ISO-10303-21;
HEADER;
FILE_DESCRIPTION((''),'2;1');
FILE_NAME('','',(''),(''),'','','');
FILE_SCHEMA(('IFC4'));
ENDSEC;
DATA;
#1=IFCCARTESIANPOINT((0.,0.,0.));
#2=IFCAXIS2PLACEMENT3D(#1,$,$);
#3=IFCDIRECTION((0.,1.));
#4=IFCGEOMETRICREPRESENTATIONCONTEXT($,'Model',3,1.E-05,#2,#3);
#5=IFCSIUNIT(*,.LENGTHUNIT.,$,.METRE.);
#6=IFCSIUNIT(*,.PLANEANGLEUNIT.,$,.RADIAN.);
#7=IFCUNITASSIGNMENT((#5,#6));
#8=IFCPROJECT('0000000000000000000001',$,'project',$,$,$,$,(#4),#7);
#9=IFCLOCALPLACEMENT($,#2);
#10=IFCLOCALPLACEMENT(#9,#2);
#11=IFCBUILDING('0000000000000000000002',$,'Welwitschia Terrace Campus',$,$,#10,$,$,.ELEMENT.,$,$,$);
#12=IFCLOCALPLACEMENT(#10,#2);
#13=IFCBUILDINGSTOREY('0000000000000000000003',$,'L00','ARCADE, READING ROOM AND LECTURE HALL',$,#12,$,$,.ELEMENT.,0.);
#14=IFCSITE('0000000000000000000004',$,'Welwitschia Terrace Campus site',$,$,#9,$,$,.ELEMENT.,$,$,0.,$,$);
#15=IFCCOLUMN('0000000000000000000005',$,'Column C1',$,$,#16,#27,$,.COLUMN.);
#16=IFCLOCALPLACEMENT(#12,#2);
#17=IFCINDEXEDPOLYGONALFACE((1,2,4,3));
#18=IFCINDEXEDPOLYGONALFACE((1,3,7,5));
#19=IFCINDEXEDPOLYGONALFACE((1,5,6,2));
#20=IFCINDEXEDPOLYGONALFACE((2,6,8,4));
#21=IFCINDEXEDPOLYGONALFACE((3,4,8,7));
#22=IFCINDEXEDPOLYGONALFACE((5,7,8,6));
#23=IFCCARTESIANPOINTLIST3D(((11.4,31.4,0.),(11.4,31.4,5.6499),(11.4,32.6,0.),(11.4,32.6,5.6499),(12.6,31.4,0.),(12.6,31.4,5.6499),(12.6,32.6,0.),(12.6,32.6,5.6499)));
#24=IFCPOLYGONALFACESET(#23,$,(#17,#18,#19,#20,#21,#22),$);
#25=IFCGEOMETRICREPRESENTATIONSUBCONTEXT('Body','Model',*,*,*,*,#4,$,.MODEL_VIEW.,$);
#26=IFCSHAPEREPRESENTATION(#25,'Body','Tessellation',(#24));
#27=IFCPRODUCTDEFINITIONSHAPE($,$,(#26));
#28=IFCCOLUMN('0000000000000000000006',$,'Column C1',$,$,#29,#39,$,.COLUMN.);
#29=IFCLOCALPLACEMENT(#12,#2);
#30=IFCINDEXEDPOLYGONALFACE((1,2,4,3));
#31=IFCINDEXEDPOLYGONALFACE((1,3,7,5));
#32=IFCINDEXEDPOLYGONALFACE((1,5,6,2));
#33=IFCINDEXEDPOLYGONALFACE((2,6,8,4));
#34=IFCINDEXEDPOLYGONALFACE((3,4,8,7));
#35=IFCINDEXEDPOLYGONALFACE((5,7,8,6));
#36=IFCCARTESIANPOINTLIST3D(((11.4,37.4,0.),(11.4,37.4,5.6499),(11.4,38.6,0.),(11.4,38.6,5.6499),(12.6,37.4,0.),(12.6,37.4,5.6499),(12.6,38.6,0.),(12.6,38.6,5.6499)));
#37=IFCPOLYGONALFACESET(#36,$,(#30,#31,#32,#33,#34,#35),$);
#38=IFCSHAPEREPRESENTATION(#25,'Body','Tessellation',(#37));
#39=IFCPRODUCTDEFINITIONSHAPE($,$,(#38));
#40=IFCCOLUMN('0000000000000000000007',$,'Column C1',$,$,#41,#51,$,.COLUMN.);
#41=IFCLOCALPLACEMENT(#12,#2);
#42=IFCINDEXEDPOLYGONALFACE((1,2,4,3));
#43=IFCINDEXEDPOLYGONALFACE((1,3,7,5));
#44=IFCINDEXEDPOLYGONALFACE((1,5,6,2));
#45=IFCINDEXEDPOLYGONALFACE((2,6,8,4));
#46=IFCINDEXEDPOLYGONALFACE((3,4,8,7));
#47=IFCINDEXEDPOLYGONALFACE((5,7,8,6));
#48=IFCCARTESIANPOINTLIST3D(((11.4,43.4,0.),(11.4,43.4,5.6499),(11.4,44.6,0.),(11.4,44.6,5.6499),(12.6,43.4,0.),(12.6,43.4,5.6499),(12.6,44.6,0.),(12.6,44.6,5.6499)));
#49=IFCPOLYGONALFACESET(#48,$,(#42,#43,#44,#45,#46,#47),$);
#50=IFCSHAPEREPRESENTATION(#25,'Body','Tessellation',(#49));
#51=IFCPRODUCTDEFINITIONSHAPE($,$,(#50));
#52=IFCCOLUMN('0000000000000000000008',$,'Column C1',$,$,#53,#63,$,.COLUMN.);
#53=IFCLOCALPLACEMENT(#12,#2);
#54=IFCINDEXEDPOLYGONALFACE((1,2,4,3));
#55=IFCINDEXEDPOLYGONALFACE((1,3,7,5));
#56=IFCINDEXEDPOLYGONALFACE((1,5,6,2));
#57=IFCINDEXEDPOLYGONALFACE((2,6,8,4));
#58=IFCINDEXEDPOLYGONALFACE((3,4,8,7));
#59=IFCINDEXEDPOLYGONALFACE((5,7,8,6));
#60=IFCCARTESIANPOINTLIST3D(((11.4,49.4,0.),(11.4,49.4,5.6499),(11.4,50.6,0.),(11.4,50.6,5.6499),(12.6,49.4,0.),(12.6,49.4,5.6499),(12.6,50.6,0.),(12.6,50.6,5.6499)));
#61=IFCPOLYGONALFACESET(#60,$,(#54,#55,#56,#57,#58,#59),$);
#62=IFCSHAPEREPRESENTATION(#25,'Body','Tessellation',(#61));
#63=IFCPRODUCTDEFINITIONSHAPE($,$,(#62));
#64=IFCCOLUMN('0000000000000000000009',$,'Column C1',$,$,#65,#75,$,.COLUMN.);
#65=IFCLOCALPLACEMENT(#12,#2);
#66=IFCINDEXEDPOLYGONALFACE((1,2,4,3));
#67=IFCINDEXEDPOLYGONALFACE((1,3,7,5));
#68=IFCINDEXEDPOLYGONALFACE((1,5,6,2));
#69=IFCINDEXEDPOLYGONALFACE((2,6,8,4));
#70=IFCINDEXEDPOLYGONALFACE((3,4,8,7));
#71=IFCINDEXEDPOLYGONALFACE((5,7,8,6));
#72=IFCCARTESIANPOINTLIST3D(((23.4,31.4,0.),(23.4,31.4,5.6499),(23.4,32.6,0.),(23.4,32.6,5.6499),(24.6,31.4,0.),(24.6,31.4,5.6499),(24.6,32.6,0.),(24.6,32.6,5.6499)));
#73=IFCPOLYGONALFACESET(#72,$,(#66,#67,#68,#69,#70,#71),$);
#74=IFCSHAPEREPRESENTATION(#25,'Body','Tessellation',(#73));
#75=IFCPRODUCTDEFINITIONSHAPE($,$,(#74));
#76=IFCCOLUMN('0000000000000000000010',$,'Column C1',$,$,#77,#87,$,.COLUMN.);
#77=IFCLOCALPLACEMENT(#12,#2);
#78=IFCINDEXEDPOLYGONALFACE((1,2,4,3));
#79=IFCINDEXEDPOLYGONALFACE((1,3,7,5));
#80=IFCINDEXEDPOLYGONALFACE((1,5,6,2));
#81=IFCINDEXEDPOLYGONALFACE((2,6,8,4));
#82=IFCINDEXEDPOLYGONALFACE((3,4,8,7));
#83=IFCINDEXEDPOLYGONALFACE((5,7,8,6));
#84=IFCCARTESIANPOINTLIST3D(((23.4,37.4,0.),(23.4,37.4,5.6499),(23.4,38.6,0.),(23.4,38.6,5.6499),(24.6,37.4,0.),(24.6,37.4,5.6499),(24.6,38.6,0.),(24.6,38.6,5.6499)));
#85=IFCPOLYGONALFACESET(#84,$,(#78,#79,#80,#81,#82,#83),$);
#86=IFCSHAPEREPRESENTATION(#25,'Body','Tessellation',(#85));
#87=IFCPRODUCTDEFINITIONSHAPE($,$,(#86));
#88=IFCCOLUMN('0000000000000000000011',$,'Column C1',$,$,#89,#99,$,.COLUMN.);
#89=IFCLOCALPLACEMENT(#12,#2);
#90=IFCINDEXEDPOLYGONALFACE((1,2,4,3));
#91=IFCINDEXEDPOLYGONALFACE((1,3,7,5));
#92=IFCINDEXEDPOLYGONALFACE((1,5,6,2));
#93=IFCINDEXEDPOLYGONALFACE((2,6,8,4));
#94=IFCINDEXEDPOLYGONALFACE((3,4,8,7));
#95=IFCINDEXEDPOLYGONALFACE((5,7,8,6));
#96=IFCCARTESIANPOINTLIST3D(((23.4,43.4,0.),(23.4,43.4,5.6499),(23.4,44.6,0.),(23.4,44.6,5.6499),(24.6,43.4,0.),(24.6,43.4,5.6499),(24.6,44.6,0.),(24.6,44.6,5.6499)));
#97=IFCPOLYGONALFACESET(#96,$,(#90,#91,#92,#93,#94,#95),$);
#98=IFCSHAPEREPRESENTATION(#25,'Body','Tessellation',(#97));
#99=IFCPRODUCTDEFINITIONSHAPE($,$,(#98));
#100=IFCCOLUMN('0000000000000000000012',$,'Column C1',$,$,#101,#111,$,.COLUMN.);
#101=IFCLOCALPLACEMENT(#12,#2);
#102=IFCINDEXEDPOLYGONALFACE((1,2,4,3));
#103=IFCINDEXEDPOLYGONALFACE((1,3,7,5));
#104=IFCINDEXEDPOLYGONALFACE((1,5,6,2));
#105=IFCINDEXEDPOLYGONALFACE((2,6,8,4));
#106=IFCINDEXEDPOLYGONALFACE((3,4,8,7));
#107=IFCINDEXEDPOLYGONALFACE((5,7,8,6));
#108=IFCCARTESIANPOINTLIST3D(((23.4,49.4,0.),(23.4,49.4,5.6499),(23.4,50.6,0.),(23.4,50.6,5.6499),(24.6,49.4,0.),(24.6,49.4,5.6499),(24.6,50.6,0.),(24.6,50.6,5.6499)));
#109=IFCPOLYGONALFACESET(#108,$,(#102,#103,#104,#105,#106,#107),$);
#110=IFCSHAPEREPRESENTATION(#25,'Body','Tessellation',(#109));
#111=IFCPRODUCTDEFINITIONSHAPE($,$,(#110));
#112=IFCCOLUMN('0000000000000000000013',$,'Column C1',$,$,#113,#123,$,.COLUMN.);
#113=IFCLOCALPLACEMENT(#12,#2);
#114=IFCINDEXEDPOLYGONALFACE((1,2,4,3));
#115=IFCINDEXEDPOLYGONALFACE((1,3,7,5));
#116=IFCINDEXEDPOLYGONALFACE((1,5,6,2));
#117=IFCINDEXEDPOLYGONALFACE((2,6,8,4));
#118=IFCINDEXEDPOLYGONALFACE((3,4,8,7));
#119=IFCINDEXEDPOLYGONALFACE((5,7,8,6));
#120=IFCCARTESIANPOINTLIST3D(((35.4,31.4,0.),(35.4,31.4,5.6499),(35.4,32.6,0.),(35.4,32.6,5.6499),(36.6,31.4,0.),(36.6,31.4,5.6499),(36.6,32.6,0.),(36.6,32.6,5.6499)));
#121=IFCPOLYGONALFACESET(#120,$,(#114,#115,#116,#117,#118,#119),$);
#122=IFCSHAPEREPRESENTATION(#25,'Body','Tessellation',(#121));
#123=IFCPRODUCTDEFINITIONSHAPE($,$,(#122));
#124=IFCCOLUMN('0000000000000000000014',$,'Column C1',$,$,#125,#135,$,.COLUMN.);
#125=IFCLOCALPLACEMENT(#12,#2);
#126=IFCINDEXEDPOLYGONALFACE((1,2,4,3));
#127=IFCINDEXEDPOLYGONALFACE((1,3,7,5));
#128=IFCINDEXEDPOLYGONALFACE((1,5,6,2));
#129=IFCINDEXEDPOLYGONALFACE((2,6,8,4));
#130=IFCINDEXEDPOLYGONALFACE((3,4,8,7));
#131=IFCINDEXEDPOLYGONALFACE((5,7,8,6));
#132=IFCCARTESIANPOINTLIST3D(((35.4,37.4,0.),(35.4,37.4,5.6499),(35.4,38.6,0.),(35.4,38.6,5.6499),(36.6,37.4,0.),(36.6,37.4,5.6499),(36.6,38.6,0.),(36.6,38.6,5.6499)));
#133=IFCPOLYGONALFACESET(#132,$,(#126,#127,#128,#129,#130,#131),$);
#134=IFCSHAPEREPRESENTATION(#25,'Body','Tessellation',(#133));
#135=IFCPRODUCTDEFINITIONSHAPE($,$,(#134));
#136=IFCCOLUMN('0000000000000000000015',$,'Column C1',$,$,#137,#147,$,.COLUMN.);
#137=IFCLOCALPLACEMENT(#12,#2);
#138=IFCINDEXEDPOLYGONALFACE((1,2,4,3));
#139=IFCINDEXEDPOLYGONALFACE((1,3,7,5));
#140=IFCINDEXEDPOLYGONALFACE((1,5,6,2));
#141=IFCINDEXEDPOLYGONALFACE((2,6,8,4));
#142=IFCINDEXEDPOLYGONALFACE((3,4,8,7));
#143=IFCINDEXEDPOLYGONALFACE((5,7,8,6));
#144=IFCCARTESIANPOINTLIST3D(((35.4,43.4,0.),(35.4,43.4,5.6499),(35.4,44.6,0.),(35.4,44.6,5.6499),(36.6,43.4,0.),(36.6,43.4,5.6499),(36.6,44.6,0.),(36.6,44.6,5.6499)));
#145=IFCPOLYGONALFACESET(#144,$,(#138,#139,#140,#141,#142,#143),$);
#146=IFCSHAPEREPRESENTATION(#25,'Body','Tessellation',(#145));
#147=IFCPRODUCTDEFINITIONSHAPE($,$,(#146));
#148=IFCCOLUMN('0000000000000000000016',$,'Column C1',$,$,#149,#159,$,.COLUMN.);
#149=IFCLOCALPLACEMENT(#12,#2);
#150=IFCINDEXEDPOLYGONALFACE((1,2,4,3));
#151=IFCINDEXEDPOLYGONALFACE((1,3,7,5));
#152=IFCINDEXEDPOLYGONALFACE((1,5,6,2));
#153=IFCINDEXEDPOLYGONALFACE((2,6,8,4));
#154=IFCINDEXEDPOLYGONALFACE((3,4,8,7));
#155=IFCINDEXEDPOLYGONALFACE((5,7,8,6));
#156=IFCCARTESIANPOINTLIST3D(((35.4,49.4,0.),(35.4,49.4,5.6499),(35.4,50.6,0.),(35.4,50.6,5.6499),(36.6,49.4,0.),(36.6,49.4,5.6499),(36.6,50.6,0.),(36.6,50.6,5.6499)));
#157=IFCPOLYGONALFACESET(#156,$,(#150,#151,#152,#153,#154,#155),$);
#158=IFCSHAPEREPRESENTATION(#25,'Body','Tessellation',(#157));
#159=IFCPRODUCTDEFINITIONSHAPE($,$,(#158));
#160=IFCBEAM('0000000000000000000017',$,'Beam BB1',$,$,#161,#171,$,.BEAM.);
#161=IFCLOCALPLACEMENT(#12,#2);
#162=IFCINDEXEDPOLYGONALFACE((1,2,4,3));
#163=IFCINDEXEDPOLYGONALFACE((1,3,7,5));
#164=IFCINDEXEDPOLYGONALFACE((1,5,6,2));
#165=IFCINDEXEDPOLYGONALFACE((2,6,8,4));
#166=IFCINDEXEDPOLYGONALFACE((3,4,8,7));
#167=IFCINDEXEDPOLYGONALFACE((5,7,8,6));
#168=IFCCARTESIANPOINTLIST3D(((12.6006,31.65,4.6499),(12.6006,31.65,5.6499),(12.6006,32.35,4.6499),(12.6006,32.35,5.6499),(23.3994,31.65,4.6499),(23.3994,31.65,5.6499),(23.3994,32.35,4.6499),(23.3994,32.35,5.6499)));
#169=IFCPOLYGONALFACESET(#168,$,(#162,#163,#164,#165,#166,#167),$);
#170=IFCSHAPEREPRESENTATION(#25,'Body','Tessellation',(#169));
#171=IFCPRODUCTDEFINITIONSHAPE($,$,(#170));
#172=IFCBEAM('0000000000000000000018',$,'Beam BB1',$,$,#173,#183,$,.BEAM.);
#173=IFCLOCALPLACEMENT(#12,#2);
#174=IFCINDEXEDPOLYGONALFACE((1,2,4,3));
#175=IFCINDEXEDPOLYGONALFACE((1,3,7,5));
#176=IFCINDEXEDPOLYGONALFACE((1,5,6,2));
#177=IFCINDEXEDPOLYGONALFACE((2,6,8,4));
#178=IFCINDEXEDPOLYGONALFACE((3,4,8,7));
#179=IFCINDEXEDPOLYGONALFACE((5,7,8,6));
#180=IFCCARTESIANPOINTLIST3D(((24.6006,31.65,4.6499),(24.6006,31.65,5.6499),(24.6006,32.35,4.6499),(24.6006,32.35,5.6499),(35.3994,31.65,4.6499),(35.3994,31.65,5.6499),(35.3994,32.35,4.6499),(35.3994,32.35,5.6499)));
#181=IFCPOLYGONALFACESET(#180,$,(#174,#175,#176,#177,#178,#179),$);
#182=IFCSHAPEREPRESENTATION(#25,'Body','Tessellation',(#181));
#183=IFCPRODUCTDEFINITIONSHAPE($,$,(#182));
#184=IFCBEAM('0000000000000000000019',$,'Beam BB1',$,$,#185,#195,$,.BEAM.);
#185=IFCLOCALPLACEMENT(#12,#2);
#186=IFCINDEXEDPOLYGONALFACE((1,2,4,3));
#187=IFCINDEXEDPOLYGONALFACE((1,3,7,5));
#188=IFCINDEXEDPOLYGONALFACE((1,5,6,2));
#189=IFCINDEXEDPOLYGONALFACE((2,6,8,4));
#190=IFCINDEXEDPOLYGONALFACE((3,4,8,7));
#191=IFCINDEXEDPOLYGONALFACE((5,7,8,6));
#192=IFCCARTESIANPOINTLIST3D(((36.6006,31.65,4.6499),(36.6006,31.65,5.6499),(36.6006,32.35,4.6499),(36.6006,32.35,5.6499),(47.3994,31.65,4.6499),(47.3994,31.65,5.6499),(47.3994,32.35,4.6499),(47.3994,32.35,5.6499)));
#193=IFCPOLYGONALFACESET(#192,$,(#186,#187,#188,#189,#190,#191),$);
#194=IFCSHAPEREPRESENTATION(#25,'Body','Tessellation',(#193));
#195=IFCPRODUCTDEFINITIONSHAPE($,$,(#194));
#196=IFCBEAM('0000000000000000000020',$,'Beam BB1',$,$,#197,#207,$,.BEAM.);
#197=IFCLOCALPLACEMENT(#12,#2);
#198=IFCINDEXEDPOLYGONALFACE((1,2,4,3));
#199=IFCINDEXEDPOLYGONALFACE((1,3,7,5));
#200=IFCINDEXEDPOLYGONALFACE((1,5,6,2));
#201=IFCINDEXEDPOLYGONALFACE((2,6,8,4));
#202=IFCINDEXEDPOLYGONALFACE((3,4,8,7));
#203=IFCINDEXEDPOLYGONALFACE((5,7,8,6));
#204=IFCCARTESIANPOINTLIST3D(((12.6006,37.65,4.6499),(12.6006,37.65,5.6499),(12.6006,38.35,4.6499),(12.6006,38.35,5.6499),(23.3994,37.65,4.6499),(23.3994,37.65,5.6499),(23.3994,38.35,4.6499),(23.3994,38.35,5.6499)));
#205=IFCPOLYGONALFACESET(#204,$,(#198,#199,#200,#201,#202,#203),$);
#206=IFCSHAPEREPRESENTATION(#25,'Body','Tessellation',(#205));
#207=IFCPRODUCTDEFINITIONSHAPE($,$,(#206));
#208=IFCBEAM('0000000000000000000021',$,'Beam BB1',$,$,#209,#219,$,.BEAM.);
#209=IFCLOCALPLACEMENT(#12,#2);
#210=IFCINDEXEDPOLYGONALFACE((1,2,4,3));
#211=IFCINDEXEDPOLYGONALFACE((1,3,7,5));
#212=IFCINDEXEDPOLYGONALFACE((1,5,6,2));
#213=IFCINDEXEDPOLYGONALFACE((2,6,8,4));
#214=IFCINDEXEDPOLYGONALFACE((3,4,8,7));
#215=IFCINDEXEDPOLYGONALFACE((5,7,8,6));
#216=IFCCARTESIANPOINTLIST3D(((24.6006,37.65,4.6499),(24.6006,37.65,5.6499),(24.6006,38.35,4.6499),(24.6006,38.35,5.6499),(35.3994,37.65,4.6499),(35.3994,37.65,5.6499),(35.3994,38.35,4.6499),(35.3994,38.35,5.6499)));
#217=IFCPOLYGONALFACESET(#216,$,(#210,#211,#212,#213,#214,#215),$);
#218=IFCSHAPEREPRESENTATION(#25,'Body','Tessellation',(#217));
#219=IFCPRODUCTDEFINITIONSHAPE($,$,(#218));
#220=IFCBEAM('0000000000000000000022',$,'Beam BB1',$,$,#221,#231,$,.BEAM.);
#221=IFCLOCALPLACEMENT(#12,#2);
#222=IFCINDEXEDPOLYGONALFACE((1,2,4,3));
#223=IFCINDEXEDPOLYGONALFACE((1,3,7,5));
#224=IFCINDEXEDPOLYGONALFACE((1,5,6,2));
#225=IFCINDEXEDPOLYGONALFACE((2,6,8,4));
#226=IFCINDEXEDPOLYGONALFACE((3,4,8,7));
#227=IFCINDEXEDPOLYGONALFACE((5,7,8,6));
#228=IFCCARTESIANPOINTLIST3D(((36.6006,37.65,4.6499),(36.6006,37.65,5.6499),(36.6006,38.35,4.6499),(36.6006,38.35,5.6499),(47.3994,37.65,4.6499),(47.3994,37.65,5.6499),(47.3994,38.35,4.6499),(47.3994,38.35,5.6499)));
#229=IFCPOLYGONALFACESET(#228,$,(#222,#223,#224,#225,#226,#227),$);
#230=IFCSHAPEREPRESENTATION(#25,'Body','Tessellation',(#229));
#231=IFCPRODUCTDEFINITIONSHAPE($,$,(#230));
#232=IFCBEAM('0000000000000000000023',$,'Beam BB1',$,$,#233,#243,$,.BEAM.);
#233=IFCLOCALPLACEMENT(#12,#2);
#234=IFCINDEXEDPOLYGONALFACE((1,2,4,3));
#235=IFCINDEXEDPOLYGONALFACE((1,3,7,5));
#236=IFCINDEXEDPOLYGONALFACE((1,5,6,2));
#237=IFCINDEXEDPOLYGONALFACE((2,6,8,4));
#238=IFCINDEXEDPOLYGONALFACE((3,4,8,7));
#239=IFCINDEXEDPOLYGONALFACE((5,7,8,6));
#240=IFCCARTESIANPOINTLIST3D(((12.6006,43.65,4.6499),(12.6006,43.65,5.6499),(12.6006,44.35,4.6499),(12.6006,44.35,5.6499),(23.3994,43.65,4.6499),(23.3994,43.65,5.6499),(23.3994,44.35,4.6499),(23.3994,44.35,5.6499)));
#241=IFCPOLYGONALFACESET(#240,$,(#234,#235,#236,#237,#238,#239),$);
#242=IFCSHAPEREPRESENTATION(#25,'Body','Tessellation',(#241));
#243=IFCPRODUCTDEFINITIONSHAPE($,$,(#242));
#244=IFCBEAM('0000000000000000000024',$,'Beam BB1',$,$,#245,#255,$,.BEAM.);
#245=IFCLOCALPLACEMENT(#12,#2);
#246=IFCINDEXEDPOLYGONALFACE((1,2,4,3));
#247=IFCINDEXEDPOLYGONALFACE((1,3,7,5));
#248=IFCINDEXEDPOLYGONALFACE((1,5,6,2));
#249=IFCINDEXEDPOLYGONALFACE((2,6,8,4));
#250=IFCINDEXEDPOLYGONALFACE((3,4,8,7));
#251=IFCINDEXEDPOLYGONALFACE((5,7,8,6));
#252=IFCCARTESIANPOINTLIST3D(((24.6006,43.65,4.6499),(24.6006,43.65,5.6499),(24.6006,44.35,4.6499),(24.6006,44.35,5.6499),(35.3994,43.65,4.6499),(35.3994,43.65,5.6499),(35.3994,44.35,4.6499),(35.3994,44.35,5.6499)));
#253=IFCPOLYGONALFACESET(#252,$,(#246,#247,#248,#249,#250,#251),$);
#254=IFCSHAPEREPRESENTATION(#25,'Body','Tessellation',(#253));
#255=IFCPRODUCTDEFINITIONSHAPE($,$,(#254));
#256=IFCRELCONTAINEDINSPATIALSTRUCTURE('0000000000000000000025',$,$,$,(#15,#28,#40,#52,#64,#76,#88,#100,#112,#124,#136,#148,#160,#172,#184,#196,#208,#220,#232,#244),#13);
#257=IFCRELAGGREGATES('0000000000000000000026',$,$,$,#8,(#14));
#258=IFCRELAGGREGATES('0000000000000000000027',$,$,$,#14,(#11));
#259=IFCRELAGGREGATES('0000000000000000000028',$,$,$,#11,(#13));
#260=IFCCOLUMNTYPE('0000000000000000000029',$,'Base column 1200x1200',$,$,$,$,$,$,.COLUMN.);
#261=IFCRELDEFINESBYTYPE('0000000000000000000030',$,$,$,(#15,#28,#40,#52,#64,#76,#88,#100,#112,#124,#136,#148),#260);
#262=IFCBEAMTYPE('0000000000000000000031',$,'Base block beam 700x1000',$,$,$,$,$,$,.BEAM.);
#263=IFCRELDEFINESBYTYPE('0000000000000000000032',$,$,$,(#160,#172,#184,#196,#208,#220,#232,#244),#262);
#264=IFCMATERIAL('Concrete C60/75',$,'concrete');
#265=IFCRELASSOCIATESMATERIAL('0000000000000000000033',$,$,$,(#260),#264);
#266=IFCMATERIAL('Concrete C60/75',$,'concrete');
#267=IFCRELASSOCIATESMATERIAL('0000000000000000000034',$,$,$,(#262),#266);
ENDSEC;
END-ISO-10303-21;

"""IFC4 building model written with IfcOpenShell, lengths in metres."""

from ifc_helpers import new_model, si_unit, direction, frame, origin, origin_2d, place, context, subcontext, project, spatial, rectangle, extrude, material, material_profile, profile_set, type_object, element, save


model = new_model("IFC4")

# Units and contexts
model_context = context("Model", 3, precision=1e-05, world=origin(), true_north=direction((0.0, 1.0)))
body_context = subcontext(model_context, "Body", "Model", "MODEL_VIEW")
ifc_project = project(units=[si_unit("LENGTHUNIT", "METRE"), si_unit("PLANEANGLEUNIT", "RADIAN")], contexts=[model_context])

# Site, building, storey
site_placement = place(None, origin())
site = spatial("IfcSite", under=ifc_project, at=site_placement, Name="Welwitschia Terrace Campus site", CompositionType="ELEMENT", RefElevation=0.0)
building_placement = place(site_placement, origin())
building = spatial("IfcBuilding", under=site, at=building_placement, Name="Welwitschia Terrace Campus", CompositionType="ELEMENT")
storey_placement = place(building_placement, origin())
storey = spatial("IfcBuildingStorey", under=building, at=storey_placement, Name="L00", Description="ARCADE, READING ROOM AND LECTURE HALL", CompositionType="ELEMENT", Elevation=0.0)

# Columns
ifc_material_1 = material(Name="Concrete C60/75", Category="concrete")
ifc_material_profile_1 = material_profile(ifc_material_1, rectangle(XDim=1.2, YDim=1.2, at=origin_2d()))
ifc_profile_set_1 = profile_set([ifc_material_profile_1], Name="Concrete C60/75")
column_type = type_object("IfcColumnType", Name="Base column 1200x1200", PredefinedType="COLUMN", material=ifc_profile_set_1)
for number, where, z_axis, x_axis, name in (
    (1, (12.0, 32.0, 0.0), (0.0, 0.0, 1.0), (1.0, 0.0, 0.0), "Column C1"),
    (2, (12.0, 38.0, 0.0), (0.0, 0.0, 1.0), (1.0, 0.0, 0.0), "Column C1"),
    (3, (12.0, 44.0, 0.0), (0.0, 0.0, 1.0), (1.0, 0.0, 0.0), "Column C1"),
    (4, (12.0, 50.0, 0.0), (0.0, 0.0, 1.0), (1.0, 0.0, 0.0), "Column C1"),
    (5, (24.0, 32.0, 0.0), (0.0, 0.0, 1.0), (1.0, 0.0, 0.0), "Column C1"),
    (6, (24.0, 38.0, 0.0), (0.0, 0.0, 1.0), (1.0, 0.0, 0.0), "Column C1"),
    (7, (24.0, 44.0, 0.0), (0.0, 0.0, 1.0), (1.0, 0.0, 0.0), "Column C1"),
    (8, (24.0, 50.0, 0.0), (0.0, 0.0, 1.0), (1.0, 0.0, 0.0), "Column C1"),
    (9, (36.0, 32.0, 0.0), (0.0, 0.0, 1.0), (1.0, 0.0, 0.0), "Column C1"),
    (10, (36.0, 38.0, 0.0), (0.0, 0.0, 1.0), (1.0, 0.0, 0.0), "Column C1"),
    (11, (36.0, 44.0, 0.0), (0.0, 0.0, 1.0), (1.0, 0.0, 0.0), "Column C1"),
    (12, (36.0, 50.0, 0.0), (0.0, 0.0, 1.0), (1.0, 0.0, 0.0), "Column C1"),
):
    element("IfcColumn", number, at=place(storey_placement, frame(where, z_axis=z_axis, x_axis=x_axis)), inside=storey, type_object=column_type, Name=name, PredefinedType="COLUMN", context=body_context, shape_type="SweptSolid", body=[
        extrude(rectangle(XDim=1.2, YDim=1.2, at=origin_2d()), origin(), (0.0, 0.0, 1.0), 5.6499),
    ])

# Beams
ifc_material_2 = material(Name="Concrete C60/75", Category="concrete")
ifc_material_profile_2 = material_profile(ifc_material_2, rectangle(XDim=0.7, YDim=1.0, at=origin_2d()))
ifc_profile_set_2 = profile_set([ifc_material_profile_2], Name="Concrete C60/75")
beam_type = type_object("IfcBeamType", Name="Base block beam 700x1000", PredefinedType="BEAM", material=ifc_profile_set_2)
for number, where, z_axis, x_axis, name in (
    (13, (12.6006, 32.0, 5.1499), (1.0, 0.0, 0.0), (0.0, 1.0, 0.0), "Beam BB1"),
    (14, (24.6006, 32.0, 5.1499), (1.0, 0.0, 0.0), (0.0, 1.0, 0.0), "Beam BB1"),
    (15, (36.6006, 32.0, 5.1499), (1.0, 0.0, 0.0), (0.0, 1.0, 0.0), "Beam BB1"),
    (16, (12.6006, 38.0, 5.1499), (1.0, 0.0, 0.0), (0.0, 1.0, 0.0), "Beam BB1"),
    (17, (24.6006, 38.0, 5.1499), (1.0, 0.0, 0.0), (0.0, 1.0, 0.0), "Beam BB1"),
    (18, (36.6006, 38.0, 5.1499), (1.0, 0.0, 0.0), (0.0, 1.0, 0.0), "Beam BB1"),
    (19, (12.6006, 44.0, 5.1499), (1.0, 0.0, 0.0), (0.0, 1.0, 0.0), "Beam BB1"),
    (20, (24.6006, 44.0, 5.1499), (1.0, 0.0, 0.0), (0.0, 1.0, 0.0), "Beam BB1"),
):
    element("IfcBeam", number, at=place(storey_placement, frame(where, z_axis=z_axis, x_axis=x_axis)), inside=storey, type_object=beam_type, Name=name, PredefinedType="BEAM", context=body_context, shape_type="SweptSolid", body=[
        extrude(rectangle(XDim=0.7, YDim=1.0, at=origin_2d()), origin(), (0.0, 0.0, 1.0), 10.7988),
    ])

save(model, "model.ifc")
